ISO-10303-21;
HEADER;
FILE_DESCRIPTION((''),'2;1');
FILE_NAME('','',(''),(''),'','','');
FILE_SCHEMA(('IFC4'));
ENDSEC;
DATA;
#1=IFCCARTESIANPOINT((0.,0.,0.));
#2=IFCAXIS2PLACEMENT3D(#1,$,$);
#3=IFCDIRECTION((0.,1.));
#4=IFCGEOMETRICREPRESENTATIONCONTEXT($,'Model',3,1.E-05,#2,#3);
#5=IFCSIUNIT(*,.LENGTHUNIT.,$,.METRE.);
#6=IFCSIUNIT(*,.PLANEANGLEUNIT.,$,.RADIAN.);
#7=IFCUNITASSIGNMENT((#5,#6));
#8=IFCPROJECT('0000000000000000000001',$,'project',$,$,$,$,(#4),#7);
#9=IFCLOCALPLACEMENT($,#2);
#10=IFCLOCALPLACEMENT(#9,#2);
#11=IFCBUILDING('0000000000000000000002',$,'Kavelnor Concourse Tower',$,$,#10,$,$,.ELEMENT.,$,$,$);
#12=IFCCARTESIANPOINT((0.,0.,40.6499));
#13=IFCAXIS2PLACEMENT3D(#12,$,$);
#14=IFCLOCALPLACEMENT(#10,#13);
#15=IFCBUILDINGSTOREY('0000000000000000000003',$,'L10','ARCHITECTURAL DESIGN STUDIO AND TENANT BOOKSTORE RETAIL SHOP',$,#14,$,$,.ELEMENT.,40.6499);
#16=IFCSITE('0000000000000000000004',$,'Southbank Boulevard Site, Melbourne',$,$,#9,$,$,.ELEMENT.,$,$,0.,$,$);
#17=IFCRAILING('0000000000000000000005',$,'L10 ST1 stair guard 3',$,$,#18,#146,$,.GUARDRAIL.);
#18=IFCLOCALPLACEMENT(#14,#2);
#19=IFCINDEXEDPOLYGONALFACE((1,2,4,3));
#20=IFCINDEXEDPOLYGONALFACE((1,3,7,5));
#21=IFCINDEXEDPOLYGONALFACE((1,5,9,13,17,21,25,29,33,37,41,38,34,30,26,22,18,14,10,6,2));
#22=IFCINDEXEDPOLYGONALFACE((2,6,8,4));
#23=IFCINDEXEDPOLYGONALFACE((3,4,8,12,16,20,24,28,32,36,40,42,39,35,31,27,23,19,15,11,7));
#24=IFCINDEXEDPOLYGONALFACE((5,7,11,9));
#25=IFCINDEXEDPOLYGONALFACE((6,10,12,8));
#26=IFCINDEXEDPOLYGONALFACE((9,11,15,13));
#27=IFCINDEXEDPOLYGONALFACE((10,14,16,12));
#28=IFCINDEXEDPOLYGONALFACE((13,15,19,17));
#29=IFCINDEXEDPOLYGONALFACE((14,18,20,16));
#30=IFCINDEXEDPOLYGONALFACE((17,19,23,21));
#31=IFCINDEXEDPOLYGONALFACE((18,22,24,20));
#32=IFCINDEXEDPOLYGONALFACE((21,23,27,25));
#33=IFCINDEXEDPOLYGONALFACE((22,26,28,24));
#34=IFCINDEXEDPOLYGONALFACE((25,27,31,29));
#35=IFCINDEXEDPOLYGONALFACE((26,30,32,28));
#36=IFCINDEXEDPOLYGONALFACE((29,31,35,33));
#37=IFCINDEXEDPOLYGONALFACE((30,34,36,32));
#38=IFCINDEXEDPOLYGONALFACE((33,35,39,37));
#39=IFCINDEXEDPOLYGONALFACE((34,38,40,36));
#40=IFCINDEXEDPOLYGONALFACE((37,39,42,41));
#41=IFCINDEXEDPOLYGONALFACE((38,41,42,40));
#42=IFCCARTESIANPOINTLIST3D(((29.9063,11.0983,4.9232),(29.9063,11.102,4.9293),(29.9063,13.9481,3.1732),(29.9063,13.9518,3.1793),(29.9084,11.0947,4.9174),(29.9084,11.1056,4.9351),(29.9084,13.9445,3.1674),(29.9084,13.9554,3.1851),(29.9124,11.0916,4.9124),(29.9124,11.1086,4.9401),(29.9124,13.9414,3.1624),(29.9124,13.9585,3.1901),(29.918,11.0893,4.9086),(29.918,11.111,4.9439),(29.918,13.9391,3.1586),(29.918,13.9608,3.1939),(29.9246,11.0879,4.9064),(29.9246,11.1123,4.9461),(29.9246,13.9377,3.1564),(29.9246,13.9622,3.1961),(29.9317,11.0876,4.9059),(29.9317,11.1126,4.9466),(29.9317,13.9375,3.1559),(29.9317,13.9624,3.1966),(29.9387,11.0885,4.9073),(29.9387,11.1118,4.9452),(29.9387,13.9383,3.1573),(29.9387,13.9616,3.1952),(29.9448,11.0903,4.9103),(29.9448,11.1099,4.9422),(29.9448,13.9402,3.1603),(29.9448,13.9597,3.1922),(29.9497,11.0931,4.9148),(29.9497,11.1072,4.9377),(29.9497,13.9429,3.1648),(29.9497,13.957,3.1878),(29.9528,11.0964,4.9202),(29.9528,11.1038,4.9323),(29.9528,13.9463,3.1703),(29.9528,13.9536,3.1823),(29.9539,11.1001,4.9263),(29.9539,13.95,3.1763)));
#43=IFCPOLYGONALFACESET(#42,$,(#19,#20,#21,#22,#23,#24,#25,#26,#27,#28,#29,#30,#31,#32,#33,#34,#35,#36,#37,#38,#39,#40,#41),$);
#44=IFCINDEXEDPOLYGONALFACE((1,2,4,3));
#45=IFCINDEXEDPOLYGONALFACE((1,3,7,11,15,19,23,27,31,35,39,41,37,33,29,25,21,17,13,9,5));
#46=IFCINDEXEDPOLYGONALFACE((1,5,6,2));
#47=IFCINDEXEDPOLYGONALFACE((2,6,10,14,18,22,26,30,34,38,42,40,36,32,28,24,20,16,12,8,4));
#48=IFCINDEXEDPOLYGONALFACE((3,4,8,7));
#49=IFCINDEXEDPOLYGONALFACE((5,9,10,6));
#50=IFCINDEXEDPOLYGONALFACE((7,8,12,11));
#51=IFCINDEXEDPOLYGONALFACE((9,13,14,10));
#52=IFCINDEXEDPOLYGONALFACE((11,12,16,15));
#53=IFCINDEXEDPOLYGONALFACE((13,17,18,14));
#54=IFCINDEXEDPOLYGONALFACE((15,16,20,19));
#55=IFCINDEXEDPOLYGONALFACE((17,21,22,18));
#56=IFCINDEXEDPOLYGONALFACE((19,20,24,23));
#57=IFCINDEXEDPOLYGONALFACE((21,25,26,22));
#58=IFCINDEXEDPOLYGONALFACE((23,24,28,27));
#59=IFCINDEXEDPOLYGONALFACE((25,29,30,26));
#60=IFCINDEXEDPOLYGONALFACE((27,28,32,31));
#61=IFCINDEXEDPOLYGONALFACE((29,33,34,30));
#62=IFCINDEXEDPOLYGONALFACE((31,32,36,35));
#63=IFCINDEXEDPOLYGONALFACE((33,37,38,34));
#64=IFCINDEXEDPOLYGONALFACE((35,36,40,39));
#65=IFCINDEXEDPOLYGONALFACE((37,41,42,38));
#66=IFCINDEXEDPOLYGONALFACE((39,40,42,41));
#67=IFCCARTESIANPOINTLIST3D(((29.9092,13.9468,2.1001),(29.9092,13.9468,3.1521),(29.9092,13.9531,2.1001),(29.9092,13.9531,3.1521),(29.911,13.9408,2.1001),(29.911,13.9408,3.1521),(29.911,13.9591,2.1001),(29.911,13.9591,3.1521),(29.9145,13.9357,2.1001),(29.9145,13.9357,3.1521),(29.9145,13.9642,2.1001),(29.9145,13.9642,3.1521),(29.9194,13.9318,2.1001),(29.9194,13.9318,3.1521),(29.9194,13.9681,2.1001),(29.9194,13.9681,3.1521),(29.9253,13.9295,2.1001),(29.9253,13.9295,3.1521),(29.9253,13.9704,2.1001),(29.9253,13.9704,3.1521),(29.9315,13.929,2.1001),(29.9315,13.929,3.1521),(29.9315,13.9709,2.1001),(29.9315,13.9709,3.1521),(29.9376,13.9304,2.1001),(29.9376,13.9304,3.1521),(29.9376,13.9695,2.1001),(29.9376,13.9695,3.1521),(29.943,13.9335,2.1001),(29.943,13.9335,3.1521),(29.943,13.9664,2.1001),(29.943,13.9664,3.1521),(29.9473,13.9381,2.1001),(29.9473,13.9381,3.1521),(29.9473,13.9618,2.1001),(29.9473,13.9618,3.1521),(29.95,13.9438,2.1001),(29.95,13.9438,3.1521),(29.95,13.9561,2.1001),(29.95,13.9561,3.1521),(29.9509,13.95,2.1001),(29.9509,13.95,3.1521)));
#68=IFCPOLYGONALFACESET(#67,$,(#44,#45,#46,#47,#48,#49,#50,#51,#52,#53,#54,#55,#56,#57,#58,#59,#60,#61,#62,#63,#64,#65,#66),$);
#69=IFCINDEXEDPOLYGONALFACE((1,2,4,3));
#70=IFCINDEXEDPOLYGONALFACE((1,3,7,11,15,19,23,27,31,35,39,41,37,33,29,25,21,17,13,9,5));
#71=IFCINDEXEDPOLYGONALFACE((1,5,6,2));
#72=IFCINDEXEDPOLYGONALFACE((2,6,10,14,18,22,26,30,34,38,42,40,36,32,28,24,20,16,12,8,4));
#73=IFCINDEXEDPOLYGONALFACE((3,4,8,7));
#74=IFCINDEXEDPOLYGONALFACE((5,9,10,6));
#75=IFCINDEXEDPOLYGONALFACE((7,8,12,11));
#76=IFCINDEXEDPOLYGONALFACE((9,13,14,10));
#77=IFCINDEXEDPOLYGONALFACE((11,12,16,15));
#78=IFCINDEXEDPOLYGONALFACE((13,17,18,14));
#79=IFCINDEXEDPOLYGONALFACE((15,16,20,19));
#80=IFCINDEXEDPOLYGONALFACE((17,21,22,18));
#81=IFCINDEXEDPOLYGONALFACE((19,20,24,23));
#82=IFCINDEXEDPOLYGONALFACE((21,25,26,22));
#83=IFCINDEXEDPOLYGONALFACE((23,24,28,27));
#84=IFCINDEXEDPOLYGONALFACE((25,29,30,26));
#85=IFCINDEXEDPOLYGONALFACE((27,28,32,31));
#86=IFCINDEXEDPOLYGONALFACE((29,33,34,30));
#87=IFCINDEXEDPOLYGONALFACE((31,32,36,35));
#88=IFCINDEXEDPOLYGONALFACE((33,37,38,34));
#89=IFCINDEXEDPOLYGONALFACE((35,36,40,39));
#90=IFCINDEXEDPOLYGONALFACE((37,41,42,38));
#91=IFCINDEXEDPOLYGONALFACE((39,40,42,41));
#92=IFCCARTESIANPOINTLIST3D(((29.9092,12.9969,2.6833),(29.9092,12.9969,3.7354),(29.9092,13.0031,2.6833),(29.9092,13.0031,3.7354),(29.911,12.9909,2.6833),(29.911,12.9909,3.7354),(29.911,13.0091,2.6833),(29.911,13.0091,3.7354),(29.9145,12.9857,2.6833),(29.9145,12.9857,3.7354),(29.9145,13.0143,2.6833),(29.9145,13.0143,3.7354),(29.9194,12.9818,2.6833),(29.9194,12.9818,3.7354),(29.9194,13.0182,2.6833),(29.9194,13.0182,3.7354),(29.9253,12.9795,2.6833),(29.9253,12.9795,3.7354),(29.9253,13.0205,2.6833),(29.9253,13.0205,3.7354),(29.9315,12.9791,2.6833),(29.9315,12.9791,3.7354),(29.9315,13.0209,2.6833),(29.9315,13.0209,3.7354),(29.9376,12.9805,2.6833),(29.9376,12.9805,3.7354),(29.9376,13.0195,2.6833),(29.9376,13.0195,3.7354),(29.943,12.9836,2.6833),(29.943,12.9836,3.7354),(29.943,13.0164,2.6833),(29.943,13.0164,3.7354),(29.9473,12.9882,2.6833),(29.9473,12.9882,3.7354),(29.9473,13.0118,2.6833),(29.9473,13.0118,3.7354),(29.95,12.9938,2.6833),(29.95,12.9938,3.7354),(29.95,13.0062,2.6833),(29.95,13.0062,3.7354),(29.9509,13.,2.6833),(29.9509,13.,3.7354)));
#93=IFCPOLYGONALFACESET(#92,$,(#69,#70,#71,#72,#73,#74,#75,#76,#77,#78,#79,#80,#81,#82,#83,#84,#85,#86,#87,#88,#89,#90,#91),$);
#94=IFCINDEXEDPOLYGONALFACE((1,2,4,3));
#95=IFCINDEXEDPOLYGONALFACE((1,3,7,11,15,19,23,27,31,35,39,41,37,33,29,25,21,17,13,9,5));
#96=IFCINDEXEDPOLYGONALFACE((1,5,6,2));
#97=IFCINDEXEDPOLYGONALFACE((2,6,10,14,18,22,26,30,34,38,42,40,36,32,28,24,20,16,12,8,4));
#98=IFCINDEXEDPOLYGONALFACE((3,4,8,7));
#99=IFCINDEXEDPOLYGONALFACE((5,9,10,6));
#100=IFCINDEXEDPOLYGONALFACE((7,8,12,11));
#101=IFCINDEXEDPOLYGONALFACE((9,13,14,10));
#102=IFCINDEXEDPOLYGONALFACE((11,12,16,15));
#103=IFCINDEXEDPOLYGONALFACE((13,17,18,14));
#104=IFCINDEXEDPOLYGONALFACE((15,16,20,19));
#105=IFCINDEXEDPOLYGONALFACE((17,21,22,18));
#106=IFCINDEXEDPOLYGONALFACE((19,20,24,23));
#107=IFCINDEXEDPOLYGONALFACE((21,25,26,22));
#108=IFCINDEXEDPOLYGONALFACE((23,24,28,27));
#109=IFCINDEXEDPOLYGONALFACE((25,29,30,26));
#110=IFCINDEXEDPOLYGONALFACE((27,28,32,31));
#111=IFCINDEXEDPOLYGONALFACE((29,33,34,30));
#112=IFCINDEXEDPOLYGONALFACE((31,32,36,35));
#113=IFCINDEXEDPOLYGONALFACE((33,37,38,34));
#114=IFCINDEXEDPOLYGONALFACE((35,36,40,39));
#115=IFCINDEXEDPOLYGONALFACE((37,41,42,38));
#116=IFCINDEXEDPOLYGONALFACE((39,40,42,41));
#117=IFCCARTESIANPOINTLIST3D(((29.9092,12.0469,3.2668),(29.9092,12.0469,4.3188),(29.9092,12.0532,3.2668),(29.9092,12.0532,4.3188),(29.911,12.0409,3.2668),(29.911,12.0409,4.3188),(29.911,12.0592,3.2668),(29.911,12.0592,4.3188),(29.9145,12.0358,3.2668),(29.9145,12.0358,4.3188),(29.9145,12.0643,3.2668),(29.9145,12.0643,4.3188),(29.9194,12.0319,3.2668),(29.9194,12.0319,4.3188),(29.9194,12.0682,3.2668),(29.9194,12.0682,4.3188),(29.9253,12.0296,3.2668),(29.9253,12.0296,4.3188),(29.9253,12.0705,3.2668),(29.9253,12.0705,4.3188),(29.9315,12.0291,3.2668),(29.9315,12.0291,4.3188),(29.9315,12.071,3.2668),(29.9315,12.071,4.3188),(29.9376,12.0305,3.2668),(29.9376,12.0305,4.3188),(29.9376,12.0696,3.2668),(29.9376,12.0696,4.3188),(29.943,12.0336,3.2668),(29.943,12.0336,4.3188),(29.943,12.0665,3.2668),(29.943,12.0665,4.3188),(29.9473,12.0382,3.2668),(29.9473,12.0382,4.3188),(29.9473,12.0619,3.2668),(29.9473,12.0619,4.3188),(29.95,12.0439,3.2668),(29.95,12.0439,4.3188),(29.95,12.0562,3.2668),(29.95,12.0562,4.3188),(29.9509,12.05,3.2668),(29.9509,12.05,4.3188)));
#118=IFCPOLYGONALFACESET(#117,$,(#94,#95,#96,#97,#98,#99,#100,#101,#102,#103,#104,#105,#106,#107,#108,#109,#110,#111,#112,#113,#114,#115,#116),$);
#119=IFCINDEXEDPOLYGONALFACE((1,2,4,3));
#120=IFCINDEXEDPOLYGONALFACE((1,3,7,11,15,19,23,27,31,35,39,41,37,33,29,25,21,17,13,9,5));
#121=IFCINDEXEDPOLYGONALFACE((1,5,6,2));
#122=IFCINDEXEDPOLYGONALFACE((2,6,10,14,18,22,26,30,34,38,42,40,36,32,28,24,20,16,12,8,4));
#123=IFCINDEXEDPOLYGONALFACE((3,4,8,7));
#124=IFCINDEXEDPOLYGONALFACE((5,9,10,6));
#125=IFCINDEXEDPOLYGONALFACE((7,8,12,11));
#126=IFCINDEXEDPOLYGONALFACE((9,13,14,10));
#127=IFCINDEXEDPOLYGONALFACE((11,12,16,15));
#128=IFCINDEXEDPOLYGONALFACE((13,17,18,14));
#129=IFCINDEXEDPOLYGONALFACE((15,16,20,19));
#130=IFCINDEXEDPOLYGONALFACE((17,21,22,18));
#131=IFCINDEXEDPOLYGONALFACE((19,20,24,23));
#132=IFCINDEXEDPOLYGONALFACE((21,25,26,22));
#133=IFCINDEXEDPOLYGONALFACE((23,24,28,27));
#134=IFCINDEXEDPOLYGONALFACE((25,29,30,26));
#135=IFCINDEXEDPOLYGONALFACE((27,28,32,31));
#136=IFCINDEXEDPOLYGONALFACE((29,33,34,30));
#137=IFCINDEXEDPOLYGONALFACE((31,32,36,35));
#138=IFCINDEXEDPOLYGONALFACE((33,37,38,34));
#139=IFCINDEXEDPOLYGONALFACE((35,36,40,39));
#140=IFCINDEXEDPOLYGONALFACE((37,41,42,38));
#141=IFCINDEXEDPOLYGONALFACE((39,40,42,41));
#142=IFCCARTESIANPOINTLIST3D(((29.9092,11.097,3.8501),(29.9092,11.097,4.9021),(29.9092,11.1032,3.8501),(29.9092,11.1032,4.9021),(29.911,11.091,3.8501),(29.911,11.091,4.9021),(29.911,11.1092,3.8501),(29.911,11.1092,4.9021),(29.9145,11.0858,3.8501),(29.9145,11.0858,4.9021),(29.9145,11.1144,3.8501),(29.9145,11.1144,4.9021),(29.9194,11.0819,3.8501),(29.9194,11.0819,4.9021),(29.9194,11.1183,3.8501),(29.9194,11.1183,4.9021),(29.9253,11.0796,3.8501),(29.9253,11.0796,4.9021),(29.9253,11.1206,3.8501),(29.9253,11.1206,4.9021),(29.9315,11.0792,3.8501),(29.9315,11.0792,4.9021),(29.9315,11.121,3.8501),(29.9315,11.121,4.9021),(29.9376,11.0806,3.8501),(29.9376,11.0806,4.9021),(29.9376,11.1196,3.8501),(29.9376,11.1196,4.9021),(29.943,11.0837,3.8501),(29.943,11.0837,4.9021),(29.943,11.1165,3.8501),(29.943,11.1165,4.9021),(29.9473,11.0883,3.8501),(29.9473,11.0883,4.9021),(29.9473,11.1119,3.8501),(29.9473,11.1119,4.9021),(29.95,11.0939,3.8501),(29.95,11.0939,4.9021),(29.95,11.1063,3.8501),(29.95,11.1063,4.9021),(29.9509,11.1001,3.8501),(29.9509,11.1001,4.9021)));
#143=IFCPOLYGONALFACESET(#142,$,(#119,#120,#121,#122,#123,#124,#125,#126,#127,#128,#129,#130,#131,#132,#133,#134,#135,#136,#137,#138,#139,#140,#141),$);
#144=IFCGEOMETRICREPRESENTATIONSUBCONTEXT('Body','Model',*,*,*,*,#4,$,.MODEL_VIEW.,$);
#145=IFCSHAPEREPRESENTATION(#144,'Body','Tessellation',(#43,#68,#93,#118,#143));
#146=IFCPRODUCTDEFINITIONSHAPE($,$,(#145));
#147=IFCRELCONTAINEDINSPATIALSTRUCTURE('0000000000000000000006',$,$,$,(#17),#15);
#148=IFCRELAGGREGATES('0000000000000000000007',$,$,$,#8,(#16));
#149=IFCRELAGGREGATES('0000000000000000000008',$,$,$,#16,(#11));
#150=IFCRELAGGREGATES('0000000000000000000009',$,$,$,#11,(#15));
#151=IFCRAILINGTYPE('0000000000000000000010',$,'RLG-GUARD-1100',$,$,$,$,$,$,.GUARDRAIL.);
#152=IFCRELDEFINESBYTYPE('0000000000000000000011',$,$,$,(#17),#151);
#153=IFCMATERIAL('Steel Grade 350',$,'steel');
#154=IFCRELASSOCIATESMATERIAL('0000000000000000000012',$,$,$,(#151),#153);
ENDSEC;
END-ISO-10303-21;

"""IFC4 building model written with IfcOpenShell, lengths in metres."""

from ifc_helpers import new_model, si_unit, direction, frame, origin, origin_2d, place, context, subcontext, project, spatial, circle, extrude, material, type_object, element, save


model = new_model("IFC4")

# Units and contexts
model_context = context("Model", 3, precision=1e-05, world=origin(), true_north=direction((0.0, 1.0)))
body_context = subcontext(model_context, "Body", "Model", "MODEL_VIEW")
ifc_project = project(units=[si_unit("LENGTHUNIT", "METRE"), si_unit("PLANEANGLEUNIT", "RADIAN")], contexts=[model_context])

# Site, building, storey
site_placement = place(None, origin())
site = spatial("IfcSite", under=ifc_project, at=site_placement, Name="Southbank Boulevard Site, Melbourne", CompositionType="ELEMENT", RefElevation=0.0)
building_placement = place(site_placement, origin())
building = spatial("IfcBuilding", under=site, at=building_placement, Name="Kavelnor Concourse Tower", CompositionType="ELEMENT")
storey_placement = place(building_placement, frame((0.0, 0.0, 40.6499)))
storey = spatial("IfcBuildingStorey", under=building, at=storey_placement, Name="L10", Description="ARCHITECTURAL DESIGN STUDIO AND TENANT BOOKSTORE RETAIL SHOP", CompositionType="ELEMENT", Elevation=40.6499)

# Shared definitions
ifc_material_1 = material(Name="Steel Grade 350", Category="steel")

# Railing
railing_type_1 = type_object("IfcRailingType", Name="RLG-GUARD-1100", PredefinedType="GUARDRAIL", material=ifc_material_1)
railing_1_placement = place(storey_placement, frame((29.9299, 13.95, 2.1001)))
element("IfcRailing", 1, at=railing_1_placement, inside=storey, type_object=railing_type_1, Name="L10 ST1 stair guard 3", PredefinedType="GUARDRAIL", context=body_context, shape_type="SweptSolid", body=[
    extrude(circle(Radius=0.0239, at=origin_2d()), frame((0.0, 0.0, 1.0762), z_axis=(0.0, -0.852159, 0.523283), x_axis=(1.0, 0.0, 0.0)), (0.0, 0.0, 1.0), 3.3442),
    extrude(circle(Radius=0.021, at=origin_2d()), origin(), (0.0, 0.0, 1.0), 1.052),
    extrude(circle(Radius=0.021, at=origin_2d()), frame((0.0, -0.95, 0.5833)), (0.0, 0.0, 1.0), 1.052),
    extrude(circle(Radius=0.021, at=origin_2d()), frame((0.0, -1.8999, 1.1667)), (0.0, 0.0, 1.0), 1.052),
    extrude(circle(Radius=0.021, at=origin_2d()), frame((0.0, -2.8499, 1.75)), (0.0, 0.0, 1.0), 1.052),
])

save(model, "model.ifc")
